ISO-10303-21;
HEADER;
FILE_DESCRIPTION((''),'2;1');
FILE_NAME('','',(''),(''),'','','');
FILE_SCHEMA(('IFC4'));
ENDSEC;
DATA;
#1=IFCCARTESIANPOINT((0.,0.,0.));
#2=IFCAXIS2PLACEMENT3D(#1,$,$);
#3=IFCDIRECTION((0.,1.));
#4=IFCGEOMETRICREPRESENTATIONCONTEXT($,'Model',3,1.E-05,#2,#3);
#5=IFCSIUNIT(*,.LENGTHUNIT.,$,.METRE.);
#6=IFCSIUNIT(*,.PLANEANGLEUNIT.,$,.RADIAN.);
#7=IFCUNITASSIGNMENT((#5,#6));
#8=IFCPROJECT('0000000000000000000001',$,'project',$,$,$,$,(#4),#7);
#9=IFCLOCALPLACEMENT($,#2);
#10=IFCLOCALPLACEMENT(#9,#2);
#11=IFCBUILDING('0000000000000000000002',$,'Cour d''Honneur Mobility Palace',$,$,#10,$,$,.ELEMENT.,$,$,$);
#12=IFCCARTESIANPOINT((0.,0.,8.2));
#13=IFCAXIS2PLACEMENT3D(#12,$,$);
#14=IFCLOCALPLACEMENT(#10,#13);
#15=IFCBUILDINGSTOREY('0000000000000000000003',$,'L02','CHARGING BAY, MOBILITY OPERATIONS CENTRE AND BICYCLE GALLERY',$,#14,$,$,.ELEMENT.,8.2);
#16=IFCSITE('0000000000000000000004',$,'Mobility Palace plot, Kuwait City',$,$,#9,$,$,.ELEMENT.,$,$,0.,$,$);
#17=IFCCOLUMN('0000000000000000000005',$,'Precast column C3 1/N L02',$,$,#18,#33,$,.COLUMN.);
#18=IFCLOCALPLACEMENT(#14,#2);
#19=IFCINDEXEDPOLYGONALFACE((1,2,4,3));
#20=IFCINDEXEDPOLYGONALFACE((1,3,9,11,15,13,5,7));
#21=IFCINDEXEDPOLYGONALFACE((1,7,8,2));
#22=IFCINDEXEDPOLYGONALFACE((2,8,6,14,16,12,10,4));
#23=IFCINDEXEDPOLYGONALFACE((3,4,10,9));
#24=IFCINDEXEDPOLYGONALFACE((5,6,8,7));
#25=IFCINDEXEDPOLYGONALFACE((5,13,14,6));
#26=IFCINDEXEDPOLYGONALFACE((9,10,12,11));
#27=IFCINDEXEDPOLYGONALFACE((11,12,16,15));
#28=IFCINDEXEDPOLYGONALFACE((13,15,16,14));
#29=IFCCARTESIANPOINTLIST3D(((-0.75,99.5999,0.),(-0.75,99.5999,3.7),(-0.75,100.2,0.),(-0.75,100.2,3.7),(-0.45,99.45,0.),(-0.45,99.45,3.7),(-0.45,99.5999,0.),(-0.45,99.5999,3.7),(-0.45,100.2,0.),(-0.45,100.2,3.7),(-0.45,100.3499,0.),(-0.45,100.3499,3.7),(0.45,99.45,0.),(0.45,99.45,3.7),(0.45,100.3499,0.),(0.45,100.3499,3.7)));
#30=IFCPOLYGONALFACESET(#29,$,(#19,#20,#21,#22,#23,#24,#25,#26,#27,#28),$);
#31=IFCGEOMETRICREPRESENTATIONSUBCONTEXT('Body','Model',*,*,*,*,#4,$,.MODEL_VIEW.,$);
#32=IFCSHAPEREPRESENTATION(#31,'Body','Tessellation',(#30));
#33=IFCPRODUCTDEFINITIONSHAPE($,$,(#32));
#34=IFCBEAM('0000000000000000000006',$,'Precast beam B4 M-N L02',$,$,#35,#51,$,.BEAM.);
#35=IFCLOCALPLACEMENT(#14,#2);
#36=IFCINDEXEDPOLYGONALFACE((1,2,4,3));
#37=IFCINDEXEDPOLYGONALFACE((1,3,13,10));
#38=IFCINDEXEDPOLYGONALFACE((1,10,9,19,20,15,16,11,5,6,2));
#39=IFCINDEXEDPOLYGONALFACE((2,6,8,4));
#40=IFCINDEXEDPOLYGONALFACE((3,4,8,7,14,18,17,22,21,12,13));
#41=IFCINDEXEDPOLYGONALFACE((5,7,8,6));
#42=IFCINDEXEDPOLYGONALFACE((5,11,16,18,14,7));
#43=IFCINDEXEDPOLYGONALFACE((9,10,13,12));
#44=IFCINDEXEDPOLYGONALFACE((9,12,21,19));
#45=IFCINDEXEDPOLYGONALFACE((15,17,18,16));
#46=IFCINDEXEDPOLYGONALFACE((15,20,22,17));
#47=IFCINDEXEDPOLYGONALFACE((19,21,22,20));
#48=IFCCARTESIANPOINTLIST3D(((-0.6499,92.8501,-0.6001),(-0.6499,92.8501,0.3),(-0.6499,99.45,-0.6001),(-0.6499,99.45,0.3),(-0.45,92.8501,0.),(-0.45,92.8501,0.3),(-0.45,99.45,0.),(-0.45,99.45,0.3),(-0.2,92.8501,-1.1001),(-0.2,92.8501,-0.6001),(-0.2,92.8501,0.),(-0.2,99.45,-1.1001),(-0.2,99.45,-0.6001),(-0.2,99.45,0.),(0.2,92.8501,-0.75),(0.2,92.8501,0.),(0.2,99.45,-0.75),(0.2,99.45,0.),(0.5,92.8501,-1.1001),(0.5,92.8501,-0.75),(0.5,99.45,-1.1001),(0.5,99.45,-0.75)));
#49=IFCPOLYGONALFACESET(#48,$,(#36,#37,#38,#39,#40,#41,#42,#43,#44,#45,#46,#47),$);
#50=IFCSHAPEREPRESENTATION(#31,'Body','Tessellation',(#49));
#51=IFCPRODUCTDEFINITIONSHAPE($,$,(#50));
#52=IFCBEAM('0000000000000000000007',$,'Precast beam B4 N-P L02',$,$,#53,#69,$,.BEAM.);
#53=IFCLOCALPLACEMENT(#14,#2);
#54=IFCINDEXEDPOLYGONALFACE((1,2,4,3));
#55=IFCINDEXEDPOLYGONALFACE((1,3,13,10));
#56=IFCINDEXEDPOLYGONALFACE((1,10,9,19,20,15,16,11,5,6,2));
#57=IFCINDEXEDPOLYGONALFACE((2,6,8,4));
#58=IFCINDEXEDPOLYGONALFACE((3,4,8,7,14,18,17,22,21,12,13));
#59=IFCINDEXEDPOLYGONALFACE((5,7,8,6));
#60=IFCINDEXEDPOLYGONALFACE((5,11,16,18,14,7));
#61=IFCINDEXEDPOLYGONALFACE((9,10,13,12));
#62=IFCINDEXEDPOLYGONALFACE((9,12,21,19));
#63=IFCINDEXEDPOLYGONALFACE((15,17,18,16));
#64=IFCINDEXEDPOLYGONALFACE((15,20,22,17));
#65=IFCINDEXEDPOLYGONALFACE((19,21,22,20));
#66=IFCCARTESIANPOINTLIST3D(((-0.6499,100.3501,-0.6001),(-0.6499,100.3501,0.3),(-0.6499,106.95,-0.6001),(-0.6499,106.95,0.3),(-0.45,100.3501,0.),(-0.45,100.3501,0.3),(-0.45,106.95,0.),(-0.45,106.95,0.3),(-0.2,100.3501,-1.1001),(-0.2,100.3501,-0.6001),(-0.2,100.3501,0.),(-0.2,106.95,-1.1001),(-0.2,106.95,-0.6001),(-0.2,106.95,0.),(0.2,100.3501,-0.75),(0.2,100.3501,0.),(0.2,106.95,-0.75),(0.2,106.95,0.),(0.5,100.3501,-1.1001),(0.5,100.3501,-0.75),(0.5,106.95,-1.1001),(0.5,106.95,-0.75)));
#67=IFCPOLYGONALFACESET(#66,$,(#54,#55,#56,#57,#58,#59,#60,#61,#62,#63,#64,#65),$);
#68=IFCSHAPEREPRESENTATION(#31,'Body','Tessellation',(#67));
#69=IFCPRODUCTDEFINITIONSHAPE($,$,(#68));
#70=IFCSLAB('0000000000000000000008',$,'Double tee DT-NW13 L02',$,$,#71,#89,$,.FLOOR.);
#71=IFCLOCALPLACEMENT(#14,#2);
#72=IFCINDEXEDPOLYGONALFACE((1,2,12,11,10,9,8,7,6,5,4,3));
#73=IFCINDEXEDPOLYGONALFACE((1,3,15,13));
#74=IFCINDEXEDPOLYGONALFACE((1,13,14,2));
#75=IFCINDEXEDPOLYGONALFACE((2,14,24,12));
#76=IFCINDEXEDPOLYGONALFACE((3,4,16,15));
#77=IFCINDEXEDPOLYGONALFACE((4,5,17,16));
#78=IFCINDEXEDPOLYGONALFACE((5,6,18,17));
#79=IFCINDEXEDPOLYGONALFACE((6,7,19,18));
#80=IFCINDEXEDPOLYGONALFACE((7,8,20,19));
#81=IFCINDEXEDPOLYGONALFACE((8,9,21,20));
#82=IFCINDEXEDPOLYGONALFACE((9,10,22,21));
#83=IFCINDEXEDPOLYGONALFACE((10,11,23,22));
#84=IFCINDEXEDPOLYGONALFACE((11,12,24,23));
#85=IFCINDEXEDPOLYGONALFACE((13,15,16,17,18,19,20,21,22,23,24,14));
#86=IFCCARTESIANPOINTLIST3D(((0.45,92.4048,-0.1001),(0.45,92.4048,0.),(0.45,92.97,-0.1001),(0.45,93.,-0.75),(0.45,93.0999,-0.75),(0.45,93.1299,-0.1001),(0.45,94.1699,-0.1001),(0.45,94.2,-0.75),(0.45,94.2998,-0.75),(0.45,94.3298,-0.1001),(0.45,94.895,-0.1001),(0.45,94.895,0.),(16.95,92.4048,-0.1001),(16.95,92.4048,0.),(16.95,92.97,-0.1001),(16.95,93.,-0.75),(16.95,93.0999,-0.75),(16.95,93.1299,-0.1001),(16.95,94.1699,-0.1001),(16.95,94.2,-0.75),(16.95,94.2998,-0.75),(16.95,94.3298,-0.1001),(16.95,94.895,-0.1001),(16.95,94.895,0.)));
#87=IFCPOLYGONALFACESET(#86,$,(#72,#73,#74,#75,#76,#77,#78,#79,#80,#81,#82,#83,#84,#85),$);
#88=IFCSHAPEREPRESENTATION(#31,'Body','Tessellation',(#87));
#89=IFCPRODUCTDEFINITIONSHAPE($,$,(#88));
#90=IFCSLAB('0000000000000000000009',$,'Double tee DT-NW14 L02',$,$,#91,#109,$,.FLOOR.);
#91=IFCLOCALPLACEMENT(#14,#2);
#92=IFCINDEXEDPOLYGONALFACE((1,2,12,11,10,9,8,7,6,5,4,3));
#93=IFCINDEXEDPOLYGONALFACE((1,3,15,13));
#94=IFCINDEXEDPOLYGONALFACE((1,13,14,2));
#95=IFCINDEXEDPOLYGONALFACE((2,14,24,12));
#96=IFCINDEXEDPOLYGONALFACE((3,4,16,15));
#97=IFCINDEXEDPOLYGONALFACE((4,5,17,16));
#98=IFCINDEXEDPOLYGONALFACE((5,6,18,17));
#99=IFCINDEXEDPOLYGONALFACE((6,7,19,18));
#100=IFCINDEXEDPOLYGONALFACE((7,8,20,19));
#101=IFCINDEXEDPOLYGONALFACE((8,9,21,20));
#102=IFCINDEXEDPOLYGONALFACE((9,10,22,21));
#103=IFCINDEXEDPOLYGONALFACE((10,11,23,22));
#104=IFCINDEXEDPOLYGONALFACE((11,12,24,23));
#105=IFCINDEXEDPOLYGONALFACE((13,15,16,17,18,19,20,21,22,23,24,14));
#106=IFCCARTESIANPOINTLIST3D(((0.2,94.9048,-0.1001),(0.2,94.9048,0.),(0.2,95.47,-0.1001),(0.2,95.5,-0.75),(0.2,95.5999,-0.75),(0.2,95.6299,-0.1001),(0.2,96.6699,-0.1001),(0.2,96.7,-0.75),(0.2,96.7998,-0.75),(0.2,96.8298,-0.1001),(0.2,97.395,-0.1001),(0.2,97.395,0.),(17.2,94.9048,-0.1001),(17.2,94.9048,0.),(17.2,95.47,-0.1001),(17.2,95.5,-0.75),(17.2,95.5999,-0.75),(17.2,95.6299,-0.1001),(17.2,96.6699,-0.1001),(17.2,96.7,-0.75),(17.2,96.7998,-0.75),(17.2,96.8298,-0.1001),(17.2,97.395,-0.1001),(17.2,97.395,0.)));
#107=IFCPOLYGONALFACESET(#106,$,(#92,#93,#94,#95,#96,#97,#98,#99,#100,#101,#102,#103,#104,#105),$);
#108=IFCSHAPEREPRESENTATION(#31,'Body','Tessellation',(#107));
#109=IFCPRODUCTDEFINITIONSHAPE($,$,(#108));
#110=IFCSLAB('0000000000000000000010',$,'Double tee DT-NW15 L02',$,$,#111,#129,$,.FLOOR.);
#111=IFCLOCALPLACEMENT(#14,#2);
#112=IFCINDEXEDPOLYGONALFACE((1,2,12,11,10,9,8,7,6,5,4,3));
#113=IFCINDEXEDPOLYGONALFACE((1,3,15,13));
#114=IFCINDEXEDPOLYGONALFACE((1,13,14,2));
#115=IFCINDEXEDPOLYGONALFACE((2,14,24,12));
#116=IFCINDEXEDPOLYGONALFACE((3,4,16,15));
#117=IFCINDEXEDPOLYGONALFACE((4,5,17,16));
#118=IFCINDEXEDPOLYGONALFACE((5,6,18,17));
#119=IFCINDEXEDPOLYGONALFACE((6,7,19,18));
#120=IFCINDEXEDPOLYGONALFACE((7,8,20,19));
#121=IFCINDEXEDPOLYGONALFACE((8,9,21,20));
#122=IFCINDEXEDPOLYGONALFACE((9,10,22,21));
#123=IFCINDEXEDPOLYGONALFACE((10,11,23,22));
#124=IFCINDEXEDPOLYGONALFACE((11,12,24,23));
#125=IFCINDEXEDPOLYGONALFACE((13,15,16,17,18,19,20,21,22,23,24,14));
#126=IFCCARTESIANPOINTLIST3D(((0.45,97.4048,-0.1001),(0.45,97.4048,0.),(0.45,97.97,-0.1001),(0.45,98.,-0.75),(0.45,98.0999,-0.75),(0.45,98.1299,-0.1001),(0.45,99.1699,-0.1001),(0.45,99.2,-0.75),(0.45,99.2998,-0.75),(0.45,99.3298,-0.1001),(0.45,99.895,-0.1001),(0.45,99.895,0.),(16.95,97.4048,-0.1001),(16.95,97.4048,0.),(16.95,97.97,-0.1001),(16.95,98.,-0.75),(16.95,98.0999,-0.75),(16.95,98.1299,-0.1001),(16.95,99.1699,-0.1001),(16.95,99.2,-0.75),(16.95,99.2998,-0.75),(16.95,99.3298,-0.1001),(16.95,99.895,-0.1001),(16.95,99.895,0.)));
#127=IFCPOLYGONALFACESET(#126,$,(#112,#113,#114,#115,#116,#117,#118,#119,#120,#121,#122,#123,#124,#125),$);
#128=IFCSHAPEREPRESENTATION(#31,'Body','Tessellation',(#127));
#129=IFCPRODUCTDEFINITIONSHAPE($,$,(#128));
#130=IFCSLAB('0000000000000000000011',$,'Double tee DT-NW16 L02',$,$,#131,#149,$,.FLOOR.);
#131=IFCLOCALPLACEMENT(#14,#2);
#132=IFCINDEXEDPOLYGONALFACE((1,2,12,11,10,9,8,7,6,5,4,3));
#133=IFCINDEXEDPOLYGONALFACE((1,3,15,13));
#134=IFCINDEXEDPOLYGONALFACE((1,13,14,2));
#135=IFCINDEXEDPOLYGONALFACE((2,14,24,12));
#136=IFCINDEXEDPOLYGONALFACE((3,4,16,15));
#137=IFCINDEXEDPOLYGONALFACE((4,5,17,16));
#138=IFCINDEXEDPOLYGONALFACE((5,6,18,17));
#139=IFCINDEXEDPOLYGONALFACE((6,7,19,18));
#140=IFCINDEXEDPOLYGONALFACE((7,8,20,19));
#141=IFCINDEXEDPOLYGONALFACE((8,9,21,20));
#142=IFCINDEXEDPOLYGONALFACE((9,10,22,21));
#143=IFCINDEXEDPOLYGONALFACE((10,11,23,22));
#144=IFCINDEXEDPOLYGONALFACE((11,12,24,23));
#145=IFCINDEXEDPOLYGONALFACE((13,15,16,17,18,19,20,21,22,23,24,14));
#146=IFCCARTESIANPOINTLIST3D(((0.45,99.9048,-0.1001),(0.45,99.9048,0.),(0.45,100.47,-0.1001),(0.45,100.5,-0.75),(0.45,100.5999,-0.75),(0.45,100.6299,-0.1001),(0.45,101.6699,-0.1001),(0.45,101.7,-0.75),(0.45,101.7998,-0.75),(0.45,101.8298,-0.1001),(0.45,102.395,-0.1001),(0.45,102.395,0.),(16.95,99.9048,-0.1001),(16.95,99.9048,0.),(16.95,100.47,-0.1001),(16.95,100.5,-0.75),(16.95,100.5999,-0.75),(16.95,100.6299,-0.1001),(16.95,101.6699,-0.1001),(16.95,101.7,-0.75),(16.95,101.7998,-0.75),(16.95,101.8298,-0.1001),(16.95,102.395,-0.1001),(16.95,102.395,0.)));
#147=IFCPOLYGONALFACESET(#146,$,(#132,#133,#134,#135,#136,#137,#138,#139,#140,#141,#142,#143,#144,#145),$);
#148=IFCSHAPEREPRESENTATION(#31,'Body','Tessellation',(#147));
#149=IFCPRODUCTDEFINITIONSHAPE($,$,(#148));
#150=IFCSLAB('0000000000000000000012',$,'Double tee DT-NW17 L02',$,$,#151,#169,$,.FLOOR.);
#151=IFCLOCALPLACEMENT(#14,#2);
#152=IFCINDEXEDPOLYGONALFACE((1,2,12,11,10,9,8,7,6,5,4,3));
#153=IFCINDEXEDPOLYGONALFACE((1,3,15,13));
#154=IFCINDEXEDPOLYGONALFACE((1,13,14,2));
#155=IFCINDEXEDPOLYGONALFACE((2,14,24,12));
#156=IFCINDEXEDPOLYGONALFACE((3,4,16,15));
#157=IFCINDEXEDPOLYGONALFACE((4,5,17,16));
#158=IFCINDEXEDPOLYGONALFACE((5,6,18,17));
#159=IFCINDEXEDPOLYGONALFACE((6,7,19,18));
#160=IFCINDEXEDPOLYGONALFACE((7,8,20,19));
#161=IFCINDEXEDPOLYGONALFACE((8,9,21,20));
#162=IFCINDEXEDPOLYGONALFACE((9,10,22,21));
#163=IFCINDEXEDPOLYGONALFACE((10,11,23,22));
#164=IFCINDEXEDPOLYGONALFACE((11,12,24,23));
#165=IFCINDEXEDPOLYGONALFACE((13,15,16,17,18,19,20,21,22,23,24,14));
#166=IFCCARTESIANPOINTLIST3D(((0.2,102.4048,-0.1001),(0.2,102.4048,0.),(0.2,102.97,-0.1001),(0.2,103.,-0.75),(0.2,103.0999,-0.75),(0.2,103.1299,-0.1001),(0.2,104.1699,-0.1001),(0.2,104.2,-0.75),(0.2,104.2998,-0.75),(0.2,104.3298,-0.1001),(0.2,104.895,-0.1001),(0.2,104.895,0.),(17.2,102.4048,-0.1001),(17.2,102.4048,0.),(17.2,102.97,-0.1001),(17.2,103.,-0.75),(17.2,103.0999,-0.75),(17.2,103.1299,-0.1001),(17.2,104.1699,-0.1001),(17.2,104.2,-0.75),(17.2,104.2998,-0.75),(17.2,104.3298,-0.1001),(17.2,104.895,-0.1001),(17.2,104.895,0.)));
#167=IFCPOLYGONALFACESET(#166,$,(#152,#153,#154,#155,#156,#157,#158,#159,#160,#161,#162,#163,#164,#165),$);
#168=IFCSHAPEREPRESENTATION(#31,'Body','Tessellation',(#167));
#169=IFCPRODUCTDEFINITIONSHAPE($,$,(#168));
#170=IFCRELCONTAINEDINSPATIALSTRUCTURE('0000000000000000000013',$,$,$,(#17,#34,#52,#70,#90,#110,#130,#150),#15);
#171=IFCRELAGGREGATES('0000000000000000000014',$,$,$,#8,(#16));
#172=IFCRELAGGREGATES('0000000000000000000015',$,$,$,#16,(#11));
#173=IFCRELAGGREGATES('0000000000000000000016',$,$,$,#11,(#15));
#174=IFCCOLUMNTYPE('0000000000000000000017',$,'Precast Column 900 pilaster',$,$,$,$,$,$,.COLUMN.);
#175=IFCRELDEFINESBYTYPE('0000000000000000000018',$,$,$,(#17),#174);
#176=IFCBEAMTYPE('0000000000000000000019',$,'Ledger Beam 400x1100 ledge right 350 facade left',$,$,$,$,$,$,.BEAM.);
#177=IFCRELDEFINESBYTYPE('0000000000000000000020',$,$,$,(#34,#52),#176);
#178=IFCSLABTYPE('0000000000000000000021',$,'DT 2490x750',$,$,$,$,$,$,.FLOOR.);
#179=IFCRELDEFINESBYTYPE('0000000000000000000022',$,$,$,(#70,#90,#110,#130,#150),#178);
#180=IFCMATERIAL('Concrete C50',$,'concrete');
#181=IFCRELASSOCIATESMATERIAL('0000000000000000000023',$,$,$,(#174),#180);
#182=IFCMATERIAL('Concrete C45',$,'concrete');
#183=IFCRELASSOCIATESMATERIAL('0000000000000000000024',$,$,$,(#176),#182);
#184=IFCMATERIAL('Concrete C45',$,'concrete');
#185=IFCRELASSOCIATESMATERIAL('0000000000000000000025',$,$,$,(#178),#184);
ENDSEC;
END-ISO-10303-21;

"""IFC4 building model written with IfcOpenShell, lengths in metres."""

from ifc_helpers import new_model, si_unit, direction, frame, origin, place, context, subcontext, project, spatial, polyline, outline, extrude, material, material_profile, profile_set, type_object, element, save


model = new_model("IFC4")

# Units and contexts
model_context = context("Model", 3, precision=1e-05, world=origin(), true_north=direction((0.0, 1.0)))
body_context = subcontext(model_context, "Body", "Model", "MODEL_VIEW")
ifc_project = project(units=[si_unit("LENGTHUNIT", "METRE"), si_unit("PLANEANGLEUNIT", "RADIAN")], contexts=[model_context])

# Site, building, storey
site_placement = place(None, origin())
site = spatial("IfcSite", under=ifc_project, at=site_placement, Name="Mobility Palace plot, Kuwait City", CompositionType="ELEMENT", RefElevation=0.0)
building_placement = place(site_placement, origin())
building = spatial("IfcBuilding", under=site, at=building_placement, Name="Cour d'Honneur Mobility Palace", CompositionType="ELEMENT")
storey_placement = place(building_placement, frame((0.0, 0.0, 8.2)))
storey = spatial("IfcBuildingStorey", under=building, at=storey_placement, Name="L02", Description="CHARGING BAY, MOBILITY OPERATIONS CENTRE AND BICYCLE GALLERY", CompositionType="ELEMENT", Elevation=8.2)

# Column
ifc_material_1 = material(Name="Concrete C50", Category="concrete")
ifc_material_profile_1 = material_profile(ifc_material_1, outline(polyline([(-0.45, -0.45), (0.45, -0.45), (0.45, -0.3), (0.75, -0.3), (0.75, 0.3), (0.45, 0.3), (0.45, 0.45), (-0.45, 0.45), (-0.45, -0.45)])), Name="PC C900 pilaster")
ifc_profile_set_1 = profile_set([ifc_material_profile_1], Name="Concrete C50")
column_type = type_object("IfcColumnType", Name="Precast Column 900 pilaster", PredefinedType="COLUMN", material=ifc_profile_set_1)
column_placement = place(storey_placement, frame((0.0, 99.8999, 0.0), z_axis=(0.0, 0.0, 1.0), x_axis=(-1.0, 0.0, 0.0)))
element("IfcColumn", 1, at=column_placement, inside=storey, type_object=column_type, Name="Precast column C3 1/N L02", PredefinedType="COLUMN", context=body_context, shape_type="SweptSolid", body=[
    extrude(outline(polyline([(-0.45, -0.45), (0.45, -0.45), (0.45, -0.3), (0.75, -0.3), (0.75, 0.3), (0.45, 0.3), (0.45, 0.45), (-0.45, 0.45), (-0.45, -0.45)])), origin(), (0.0, 0.0, 1.0), 3.7),
])

# Beams
ifc_material_2 = material(Name="Concrete C45", Category="concrete")
ifc_material_profile_2 = material_profile(ifc_material_2, outline(polyline([(0.2, -1.1001), (0.2, -0.6001), (0.6499, -0.6001), (0.6499, 0.3), (0.45, 0.3), (0.45, 0.0), (0.2, 0.0), (-0.2, 0.0), (-0.2, -0.75), (-0.5, -0.75), (-0.5, -1.1001), (0.2, -1.1001)])), Name="Ledger Beam 400x1100 ledge right 350 facade left")
ifc_profile_set_2 = profile_set([ifc_material_profile_2], Name="Concrete C45")
beam_type = type_object("IfcBeamType", Name="Ledger Beam 400x1100 ledge right 350 facade left", PredefinedType="BEAM", material=ifc_profile_set_2)
for number, where, z_axis, x_axis, name in (
    (2, (0.0, 92.8501, 0.0), (0.0, 1.0, 0.0), (-1.0, 0.0, 0.0), "Precast beam B4 M-N L02"),
    (3, (0.0, 100.3501, 0.0), (0.0, 1.0, 0.0), (-1.0, 0.0, 0.0), "Precast beam B4 N-P L02"),
):
    element("IfcBeam", number, at=place(storey_placement, frame(where, z_axis=z_axis, x_axis=x_axis)), inside=storey, type_object=beam_type, Name=name, PredefinedType="BEAM", context=body_context, shape_type="SweptSolid", body=[
        extrude(outline(polyline([(0.2, -1.1001), (0.2, -0.6001), (0.6499, -0.6001), (0.6499, 0.3), (0.45, 0.3), (0.45, 0.0), (0.2, 0.0), (-0.2, 0.0), (-0.2, -0.75), (-0.5, -0.75), (-0.5, -1.1001), (0.2, -1.1001)])), origin(), (0.0, 0.0, 1.0), 6.5999),
    ])

# Slabs
ifc_material_3 = material(Name="Concrete C45", Category="concrete")
ifc_material_profile_3 = material_profile(ifc_material_3, outline(polyline([(-1.2451, 0.0), (1.2451, 0.0), (1.2451, -0.1001), (0.6799, -0.1001), (0.6499, -0.75), (0.55, -0.75), (0.52, -0.1001), (-0.52, -0.1001), (-0.55, -0.75), (-0.6499, -0.75), (-0.6799, -0.1001), (-1.2451, -0.1001), (-1.2451, 0.0)])), Name="DT 2490x750")
ifc_profile_set_3 = profile_set([ifc_material_profile_3], Name="Concrete C45")
slab_type = type_object("IfcSlabType", Name="DT 2490x750", PredefinedType="FLOOR", material=ifc_profile_set_3)
slab_1_placement = place(storey_placement, frame((0.45, 93.6499, 0.0), z_axis=(1.0, 0.0, 0.0), x_axis=(0.0, 1.0, 0.0)))
element("IfcSlab", 4, at=slab_1_placement, inside=storey, type_object=slab_type, Name="Double tee DT-NW13 L02", PredefinedType="FLOOR", context=body_context, shape_type="SweptSolid", body=[
    extrude(outline(polyline([(-1.2451, 0.0), (1.2451, 0.0), (1.2451, -0.1001), (0.6799, -0.1001), (0.6499, -0.75), (0.55, -0.75), (0.52, -0.1001), (-0.52, -0.1001), (-0.55, -0.75), (-0.6499, -0.75), (-0.6799, -0.1001), (-1.2451, -0.1001), (-1.2451, 0.0)])), origin(), (0.0, 0.0, 1.0), 16.5),
])
slab_2_placement = place(storey_placement, frame((0.2, 96.1499, 0.0), z_axis=(1.0, 0.0, 0.0), x_axis=(0.0, 1.0, 0.0)))
element("IfcSlab", 5, at=slab_2_placement, inside=storey, type_object=slab_type, Name="Double tee DT-NW14 L02", PredefinedType="FLOOR", context=body_context, shape_type="SweptSolid", body=[
    extrude(outline(polyline([(-1.2451, 0.0), (1.2451, 0.0), (1.2451, -0.1001), (0.6799, -0.1001), (0.6499, -0.75), (0.55, -0.75), (0.52, -0.1001), (-0.52, -0.1001), (-0.55, -0.75), (-0.6499, -0.75), (-0.6799, -0.1001), (-1.2451, -0.1001), (-1.2451, 0.0)])), origin(), (0.0, 0.0, 1.0), 17.0),
])
for number, where, z_axis, x_axis, name in (
    (6, (0.45, 98.6499, 0.0), (1.0, 0.0, 0.0), (0.0, 1.0, 0.0), "Double tee DT-NW15 L02"),
    (7, (0.45, 101.1499, 0.0), (1.0, 0.0, 0.0), (0.0, 1.0, 0.0), "Double tee DT-NW16 L02"),
):
    element("IfcSlab", number, at=place(storey_placement, frame(where, z_axis=z_axis, x_axis=x_axis)), inside=storey, type_object=slab_type, Name=name, PredefinedType="FLOOR", context=body_context, shape_type="SweptSolid", body=[
        extrude(outline(polyline([(-1.2451, 0.0), (1.2451, 0.0), (1.2451, -0.1001), (0.6799, -0.1001), (0.6499, -0.75), (0.55, -0.75), (0.52, -0.1001), (-0.52, -0.1001), (-0.55, -0.75), (-0.6499, -0.75), (-0.6799, -0.1001), (-1.2451, -0.1001), (-1.2451, 0.0)])), origin(), (0.0, 0.0, 1.0), 16.5),
    ])
slab_3_placement = place(storey_placement, frame((0.2, 103.6499, 0.0), z_axis=(1.0, 0.0, 0.0), x_axis=(0.0, 1.0, 0.0)))
element("IfcSlab", 8, at=slab_3_placement, inside=storey, type_object=slab_type, Name="Double tee DT-NW17 L02", PredefinedType="FLOOR", context=body_context, shape_type="SweptSolid", body=[
    extrude(outline(polyline([(-1.2451, 0.0), (1.2451, 0.0), (1.2451, -0.1001), (0.6799, -0.1001), (0.6499, -0.75), (0.55, -0.75), (0.52, -0.1001), (-0.52, -0.1001), (-0.55, -0.75), (-0.6499, -0.75), (-0.6799, -0.1001), (-1.2451, -0.1001), (-1.2451, 0.0)])), origin(), (0.0, 0.0, 1.0), 17.0),
])

save(model, "model.ifc")
